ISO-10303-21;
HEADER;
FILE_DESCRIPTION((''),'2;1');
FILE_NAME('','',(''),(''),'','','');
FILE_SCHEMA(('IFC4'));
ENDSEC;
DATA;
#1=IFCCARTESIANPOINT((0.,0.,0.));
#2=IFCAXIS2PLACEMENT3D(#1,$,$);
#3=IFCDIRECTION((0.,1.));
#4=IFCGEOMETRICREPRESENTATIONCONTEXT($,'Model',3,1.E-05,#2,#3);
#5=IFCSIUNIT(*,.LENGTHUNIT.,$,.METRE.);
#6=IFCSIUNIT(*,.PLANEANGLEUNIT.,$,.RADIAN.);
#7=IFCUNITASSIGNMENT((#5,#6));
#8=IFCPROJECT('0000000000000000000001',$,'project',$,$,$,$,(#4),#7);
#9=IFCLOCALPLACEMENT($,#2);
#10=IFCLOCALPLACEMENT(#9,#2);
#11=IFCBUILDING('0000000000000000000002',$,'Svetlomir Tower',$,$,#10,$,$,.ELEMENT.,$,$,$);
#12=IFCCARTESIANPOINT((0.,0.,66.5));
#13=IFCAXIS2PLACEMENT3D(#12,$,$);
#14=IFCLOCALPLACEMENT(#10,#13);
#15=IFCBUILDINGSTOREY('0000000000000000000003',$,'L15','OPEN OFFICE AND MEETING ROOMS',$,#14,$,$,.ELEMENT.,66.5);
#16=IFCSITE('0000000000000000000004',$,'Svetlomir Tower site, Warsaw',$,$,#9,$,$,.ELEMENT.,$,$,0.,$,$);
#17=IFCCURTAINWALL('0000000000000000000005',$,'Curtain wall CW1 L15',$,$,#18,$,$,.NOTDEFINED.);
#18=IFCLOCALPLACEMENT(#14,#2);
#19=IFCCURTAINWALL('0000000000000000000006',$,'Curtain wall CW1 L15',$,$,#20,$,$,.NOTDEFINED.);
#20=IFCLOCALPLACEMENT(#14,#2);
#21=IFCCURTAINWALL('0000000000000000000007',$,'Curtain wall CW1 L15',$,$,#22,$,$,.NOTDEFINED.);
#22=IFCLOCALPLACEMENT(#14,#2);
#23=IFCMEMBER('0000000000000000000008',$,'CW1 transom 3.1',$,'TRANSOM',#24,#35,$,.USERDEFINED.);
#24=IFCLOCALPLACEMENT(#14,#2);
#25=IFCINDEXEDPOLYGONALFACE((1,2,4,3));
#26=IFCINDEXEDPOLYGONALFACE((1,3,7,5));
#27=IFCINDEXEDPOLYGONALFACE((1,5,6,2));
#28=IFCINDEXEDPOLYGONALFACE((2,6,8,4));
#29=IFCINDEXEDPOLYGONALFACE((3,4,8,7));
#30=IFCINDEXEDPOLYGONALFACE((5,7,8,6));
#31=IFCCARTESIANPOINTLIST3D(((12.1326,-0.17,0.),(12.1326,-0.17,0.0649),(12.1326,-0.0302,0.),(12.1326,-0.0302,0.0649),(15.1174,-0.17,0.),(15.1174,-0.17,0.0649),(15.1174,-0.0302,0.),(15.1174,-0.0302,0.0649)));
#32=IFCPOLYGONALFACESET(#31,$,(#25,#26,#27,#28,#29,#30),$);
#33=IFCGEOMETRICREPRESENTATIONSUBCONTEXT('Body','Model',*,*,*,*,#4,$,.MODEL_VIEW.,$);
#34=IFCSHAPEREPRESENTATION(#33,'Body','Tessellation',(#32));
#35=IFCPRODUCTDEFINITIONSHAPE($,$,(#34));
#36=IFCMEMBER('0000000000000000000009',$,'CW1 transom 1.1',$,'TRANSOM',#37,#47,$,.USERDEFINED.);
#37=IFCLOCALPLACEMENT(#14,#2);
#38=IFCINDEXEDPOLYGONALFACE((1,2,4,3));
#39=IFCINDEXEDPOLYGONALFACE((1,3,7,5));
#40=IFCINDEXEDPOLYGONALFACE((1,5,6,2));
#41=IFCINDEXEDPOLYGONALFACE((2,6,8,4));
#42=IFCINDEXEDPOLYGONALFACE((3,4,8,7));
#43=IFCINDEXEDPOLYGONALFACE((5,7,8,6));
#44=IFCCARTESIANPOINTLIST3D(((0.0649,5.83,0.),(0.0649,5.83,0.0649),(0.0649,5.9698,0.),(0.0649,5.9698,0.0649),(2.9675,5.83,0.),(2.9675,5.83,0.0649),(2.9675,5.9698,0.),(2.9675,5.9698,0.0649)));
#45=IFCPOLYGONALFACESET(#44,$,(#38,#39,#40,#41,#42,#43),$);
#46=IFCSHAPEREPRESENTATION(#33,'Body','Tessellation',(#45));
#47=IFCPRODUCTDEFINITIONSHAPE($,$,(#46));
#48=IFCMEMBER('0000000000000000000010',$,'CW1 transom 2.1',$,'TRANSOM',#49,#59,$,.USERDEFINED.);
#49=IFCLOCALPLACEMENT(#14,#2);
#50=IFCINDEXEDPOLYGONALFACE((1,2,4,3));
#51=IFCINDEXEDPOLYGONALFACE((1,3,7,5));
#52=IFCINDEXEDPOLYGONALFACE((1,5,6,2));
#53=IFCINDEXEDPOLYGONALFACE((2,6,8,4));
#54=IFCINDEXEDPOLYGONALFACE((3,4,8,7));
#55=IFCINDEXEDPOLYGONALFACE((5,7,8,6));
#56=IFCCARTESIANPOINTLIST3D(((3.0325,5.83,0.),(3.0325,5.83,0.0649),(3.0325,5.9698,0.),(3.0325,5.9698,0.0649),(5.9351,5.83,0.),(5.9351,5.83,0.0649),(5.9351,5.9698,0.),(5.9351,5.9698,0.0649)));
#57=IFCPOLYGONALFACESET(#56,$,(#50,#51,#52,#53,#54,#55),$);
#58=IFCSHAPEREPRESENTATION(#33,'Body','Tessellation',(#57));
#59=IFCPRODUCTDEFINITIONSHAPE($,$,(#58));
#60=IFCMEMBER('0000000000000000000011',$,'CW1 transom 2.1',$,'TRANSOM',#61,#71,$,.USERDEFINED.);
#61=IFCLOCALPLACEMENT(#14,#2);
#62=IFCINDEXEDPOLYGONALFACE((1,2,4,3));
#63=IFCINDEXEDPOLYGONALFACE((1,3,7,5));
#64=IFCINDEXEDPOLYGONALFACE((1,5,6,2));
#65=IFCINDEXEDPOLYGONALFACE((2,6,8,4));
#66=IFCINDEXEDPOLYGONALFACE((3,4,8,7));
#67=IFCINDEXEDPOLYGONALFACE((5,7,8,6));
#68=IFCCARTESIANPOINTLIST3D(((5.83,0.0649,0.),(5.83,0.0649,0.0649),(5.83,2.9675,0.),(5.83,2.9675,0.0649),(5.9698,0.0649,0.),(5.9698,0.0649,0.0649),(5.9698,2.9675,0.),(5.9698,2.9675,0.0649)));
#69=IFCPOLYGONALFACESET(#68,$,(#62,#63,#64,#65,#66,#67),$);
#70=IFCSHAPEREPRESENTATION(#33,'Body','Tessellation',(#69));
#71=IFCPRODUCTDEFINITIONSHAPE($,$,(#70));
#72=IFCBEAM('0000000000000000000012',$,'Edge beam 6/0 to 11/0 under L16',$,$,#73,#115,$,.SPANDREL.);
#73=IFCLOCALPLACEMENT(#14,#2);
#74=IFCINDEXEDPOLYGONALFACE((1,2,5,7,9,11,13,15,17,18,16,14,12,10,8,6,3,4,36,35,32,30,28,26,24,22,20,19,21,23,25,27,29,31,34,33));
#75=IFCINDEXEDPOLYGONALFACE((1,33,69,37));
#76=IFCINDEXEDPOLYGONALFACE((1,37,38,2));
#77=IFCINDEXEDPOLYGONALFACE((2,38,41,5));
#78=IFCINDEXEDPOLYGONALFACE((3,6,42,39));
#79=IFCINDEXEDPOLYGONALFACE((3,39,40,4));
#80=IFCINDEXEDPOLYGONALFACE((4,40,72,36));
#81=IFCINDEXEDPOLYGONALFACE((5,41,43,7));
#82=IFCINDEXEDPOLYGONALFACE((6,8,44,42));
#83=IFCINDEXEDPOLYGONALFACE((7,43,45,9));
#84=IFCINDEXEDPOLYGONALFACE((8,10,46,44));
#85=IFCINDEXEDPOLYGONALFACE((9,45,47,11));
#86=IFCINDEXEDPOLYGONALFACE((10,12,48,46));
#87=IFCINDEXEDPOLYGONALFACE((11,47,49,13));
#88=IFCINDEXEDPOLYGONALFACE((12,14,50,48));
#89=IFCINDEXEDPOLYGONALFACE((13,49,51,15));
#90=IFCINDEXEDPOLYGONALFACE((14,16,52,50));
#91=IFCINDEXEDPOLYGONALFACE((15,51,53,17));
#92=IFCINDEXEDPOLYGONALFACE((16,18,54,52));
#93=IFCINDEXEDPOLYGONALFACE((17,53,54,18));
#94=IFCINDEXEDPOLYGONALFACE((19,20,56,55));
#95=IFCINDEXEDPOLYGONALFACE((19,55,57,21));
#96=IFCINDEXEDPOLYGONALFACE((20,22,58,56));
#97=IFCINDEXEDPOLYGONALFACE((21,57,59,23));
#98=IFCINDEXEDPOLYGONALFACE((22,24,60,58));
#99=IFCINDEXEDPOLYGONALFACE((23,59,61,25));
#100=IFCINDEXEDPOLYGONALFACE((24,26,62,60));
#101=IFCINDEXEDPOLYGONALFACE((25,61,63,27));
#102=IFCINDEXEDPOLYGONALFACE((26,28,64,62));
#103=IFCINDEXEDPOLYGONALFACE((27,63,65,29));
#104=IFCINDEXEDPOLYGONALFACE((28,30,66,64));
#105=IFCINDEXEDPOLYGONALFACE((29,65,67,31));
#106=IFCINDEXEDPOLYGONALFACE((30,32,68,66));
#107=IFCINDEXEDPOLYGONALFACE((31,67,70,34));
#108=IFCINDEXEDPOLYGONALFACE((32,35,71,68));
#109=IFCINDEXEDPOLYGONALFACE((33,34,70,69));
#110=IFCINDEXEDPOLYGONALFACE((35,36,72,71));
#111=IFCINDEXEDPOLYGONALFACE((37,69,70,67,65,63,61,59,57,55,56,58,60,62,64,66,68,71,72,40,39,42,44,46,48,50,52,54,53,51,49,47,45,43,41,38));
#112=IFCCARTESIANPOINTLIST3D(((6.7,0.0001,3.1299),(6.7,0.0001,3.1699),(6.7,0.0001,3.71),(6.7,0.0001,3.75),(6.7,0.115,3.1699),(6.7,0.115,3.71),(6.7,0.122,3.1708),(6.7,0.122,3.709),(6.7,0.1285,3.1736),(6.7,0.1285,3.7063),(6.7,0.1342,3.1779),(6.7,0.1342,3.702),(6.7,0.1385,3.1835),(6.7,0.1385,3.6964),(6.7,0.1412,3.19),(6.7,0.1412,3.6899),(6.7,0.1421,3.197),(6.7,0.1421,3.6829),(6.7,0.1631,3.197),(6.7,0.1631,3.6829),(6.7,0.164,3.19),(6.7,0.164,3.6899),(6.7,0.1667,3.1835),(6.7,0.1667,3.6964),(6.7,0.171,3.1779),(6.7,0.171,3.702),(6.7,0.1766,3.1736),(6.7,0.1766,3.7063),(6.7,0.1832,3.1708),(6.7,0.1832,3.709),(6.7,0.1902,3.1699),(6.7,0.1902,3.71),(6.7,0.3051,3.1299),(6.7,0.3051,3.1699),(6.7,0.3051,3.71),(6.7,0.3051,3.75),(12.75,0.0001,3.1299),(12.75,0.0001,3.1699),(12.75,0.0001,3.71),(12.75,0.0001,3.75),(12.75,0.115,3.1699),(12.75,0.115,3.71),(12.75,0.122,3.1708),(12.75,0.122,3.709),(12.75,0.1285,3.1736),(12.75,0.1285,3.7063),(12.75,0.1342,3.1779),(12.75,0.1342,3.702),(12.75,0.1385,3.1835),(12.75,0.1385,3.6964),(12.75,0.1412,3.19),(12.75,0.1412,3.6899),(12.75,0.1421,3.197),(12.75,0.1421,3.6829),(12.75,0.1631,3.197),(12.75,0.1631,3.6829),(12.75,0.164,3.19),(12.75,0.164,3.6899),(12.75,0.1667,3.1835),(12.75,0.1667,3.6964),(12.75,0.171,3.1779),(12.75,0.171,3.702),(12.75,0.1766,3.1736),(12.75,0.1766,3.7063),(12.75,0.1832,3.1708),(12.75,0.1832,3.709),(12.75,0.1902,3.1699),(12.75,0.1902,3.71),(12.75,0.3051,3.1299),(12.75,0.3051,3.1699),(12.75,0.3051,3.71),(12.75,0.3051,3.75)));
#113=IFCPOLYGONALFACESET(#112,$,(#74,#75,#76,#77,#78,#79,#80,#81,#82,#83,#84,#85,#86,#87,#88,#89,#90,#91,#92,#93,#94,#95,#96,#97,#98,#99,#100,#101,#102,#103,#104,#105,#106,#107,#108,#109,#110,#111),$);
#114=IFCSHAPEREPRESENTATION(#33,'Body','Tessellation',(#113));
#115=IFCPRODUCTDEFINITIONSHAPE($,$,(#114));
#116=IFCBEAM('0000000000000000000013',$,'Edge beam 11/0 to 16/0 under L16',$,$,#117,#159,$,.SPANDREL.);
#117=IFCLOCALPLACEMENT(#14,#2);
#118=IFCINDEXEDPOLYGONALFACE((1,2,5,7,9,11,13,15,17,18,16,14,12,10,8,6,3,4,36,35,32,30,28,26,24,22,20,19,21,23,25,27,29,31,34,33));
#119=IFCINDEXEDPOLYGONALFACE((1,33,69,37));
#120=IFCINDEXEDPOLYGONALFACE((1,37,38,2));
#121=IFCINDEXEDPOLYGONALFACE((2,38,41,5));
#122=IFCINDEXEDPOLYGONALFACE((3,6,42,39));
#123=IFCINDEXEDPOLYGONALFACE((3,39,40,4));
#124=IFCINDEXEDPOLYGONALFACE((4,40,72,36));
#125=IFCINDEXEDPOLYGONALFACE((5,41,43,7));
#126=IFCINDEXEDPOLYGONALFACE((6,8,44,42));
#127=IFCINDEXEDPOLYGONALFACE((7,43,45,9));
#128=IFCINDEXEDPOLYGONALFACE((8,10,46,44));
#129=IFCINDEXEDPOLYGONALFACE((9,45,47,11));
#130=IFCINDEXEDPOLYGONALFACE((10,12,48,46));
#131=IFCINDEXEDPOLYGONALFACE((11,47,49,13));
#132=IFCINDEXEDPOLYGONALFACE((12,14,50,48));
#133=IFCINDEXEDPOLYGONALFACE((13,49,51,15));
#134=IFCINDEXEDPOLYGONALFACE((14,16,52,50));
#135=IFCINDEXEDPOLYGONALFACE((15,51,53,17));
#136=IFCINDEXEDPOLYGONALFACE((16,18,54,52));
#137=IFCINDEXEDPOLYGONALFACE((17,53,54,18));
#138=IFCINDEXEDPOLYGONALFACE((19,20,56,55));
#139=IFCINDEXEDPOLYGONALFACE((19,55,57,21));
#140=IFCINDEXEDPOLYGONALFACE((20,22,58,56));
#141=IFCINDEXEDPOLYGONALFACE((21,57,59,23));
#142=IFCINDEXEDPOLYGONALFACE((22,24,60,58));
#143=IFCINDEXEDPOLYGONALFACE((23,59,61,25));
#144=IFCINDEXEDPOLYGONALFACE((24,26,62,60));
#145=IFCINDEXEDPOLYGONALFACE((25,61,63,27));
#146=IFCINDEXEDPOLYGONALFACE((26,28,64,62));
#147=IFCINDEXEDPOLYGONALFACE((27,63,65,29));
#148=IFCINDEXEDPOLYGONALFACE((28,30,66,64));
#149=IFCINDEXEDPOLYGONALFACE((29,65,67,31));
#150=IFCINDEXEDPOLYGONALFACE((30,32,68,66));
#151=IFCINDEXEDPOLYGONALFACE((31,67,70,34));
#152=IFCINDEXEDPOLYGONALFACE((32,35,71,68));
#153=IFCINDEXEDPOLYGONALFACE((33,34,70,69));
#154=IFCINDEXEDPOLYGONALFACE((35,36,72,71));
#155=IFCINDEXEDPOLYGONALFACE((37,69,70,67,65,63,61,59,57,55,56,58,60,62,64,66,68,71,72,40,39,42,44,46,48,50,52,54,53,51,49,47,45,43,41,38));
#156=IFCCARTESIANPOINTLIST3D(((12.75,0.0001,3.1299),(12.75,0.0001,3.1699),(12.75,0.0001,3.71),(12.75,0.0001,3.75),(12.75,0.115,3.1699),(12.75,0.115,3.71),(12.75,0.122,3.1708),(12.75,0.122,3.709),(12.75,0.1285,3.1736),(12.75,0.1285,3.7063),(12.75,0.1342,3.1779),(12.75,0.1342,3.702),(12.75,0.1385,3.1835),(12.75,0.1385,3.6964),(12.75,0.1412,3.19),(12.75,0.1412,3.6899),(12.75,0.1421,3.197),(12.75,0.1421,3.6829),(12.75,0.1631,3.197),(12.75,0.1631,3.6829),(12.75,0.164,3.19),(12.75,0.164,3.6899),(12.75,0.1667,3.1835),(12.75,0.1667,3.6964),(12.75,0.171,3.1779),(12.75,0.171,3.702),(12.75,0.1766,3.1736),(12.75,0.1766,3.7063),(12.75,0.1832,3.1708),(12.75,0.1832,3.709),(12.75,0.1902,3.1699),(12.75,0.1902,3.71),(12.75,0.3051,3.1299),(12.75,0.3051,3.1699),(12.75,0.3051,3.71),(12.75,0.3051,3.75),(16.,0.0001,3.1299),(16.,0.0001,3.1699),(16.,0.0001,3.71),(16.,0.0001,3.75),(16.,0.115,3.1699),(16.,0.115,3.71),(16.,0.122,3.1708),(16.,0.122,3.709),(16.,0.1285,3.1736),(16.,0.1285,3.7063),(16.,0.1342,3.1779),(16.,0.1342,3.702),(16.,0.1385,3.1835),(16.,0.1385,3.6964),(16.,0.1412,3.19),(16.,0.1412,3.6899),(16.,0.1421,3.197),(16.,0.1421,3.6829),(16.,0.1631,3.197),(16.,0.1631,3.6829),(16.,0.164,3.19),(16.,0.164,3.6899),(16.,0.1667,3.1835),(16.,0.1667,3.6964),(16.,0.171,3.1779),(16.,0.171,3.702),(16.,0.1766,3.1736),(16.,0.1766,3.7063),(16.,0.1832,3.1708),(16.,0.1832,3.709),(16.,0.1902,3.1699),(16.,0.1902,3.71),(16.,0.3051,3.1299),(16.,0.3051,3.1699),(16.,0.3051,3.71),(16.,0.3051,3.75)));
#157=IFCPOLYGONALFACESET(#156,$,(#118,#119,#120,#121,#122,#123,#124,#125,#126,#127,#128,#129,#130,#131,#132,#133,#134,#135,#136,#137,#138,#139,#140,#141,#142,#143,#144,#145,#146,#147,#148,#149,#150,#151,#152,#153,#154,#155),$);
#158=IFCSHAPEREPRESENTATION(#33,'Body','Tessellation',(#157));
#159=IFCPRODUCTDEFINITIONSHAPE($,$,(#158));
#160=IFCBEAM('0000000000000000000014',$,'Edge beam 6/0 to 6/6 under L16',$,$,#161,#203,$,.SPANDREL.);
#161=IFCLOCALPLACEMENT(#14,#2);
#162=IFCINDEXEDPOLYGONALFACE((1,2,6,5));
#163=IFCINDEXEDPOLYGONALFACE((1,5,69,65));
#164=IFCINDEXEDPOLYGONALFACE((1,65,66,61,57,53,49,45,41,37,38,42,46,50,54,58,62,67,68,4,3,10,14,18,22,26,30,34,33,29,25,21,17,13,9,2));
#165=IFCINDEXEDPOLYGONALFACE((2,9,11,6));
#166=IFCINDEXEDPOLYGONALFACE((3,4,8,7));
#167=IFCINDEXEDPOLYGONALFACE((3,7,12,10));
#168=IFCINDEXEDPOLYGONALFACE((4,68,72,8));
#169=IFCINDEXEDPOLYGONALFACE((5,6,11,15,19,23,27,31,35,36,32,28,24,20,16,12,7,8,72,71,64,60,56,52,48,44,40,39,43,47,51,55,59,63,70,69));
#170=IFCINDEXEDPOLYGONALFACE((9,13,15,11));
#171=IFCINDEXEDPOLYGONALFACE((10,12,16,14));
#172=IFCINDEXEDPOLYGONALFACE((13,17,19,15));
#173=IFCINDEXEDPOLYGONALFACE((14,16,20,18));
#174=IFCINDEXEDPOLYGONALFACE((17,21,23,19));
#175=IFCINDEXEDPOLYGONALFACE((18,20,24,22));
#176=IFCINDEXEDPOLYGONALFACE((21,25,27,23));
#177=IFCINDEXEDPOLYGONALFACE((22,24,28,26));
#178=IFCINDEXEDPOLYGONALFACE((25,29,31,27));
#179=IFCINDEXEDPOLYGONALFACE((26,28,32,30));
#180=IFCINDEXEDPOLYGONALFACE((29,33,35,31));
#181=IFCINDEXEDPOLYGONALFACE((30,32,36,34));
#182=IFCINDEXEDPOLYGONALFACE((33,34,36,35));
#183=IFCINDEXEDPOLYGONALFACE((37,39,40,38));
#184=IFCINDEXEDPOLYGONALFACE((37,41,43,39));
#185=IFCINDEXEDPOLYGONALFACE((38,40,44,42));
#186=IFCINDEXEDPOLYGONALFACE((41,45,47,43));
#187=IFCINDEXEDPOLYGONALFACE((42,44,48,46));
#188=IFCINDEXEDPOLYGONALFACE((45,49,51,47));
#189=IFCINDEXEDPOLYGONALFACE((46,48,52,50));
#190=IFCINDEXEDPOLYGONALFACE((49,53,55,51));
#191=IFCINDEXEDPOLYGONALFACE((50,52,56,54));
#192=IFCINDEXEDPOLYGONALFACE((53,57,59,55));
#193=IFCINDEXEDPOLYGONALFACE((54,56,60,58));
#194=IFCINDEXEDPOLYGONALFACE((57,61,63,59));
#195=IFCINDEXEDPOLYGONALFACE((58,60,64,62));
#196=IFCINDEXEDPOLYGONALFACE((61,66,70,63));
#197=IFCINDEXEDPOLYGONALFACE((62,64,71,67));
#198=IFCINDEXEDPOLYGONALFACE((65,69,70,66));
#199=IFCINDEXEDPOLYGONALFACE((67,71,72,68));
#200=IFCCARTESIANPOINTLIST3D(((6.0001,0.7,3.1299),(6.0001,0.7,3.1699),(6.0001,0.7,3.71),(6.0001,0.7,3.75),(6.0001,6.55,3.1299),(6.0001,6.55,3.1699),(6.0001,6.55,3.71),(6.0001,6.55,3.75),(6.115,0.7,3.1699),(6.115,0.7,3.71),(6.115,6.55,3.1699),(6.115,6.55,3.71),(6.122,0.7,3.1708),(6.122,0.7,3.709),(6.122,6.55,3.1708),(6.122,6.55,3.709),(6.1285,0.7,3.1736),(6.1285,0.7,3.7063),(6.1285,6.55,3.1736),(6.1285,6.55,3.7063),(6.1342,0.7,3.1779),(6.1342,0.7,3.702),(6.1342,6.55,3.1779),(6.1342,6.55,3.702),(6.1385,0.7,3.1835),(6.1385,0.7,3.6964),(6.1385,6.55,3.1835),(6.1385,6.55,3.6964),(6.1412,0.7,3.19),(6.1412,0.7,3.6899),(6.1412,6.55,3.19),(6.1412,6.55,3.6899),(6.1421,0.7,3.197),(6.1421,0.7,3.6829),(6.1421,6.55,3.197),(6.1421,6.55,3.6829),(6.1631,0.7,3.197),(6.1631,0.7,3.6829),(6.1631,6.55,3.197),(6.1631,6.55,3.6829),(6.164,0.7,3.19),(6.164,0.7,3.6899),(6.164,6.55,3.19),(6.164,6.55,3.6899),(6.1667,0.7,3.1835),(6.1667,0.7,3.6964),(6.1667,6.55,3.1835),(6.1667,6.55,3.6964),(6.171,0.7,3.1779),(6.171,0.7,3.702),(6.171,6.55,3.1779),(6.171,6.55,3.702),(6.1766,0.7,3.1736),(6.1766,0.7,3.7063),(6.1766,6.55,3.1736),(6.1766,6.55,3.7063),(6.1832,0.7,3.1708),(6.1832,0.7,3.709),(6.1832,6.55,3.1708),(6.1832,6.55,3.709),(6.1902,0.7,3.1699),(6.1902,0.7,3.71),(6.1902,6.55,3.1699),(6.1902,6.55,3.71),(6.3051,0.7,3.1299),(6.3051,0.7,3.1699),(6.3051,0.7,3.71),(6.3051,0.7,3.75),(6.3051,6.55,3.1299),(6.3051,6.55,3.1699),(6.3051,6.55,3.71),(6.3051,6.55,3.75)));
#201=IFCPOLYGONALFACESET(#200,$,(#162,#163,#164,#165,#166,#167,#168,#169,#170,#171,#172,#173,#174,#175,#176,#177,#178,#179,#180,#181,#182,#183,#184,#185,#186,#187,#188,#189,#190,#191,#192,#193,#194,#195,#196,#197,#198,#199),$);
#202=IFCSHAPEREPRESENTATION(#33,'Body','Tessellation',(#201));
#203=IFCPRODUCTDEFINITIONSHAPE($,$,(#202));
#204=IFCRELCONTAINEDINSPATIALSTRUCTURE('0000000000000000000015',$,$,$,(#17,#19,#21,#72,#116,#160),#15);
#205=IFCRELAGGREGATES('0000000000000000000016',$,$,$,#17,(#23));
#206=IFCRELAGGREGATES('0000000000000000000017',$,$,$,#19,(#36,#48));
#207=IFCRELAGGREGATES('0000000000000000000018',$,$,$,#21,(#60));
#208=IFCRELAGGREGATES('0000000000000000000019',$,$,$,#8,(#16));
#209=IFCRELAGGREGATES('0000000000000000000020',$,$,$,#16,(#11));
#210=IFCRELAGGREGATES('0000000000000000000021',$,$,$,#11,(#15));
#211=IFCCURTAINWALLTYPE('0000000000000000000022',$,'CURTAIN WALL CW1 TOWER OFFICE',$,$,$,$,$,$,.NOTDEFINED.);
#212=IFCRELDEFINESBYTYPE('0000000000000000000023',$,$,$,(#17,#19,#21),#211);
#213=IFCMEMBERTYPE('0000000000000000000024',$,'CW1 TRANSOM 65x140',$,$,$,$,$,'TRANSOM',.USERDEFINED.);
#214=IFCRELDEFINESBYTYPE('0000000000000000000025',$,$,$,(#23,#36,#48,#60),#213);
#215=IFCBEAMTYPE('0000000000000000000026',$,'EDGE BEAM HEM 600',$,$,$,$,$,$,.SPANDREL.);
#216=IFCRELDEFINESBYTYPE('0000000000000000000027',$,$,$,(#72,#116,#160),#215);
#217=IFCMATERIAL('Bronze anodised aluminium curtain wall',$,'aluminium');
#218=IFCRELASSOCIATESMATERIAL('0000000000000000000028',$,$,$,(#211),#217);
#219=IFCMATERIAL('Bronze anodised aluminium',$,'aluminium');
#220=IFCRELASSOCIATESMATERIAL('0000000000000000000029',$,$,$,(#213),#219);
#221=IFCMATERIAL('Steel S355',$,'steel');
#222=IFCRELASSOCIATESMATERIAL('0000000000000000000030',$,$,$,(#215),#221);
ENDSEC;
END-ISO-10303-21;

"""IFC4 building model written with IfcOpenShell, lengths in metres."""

from ifc_helpers import new_model, si_unit, direction, frame, origin, origin_2d, place, context, subcontext, project, spatial, rectangle, i_section, extrude, material, material_profile, profile_set, type_object, element, aggregate, save


model = new_model("IFC4")

# Units and contexts
model_context = context("Model", 3, precision=1e-05, world=origin(), true_north=direction((0.0, 1.0)))
body_context = subcontext(model_context, "Body", "Model", "MODEL_VIEW")
ifc_project = project(units=[si_unit("LENGTHUNIT", "METRE"), si_unit("PLANEANGLEUNIT", "RADIAN")], contexts=[model_context])

# Site, building, storey
site_placement = place(None, origin())
site = spatial("IfcSite", under=ifc_project, at=site_placement, Name="Svetlomir Tower site, Warsaw", CompositionType="ELEMENT", RefElevation=0.0)
building_placement = place(site_placement, origin())
building = spatial("IfcBuilding", under=site, at=building_placement, Name="Svetlomir Tower", CompositionType="ELEMENT")
storey_placement = place(building_placement, frame((0.0, 0.0, 66.5)))
storey = spatial("IfcBuildingStorey", under=building, at=storey_placement, Name="L15", Description="OPEN OFFICE AND MEETING ROOMS", CompositionType="ELEMENT", Elevation=66.5)

# Curtain walls
ifc_material_1 = material(Name="Bronze anodised aluminium curtain wall", Category="aluminium")
curtain_wall_type = type_object("IfcCurtainWallType", Name="CURTAIN WALL CW1 TOWER OFFICE", PredefinedType="NOTDEFINED", material=ifc_material_1)
curtain_wall_1_placement = place(storey_placement, origin())
curtain_wall_1 = element("IfcCurtainWall", 1, at=curtain_wall_1_placement, inside=storey, type_object=curtain_wall_type, Name="Curtain wall CW1 L15", PredefinedType="NOTDEFINED")
curtain_wall_2_placement = place(storey_placement, origin())
curtain_wall_2 = element("IfcCurtainWall", 2, at=curtain_wall_2_placement, inside=storey, type_object=curtain_wall_type, Name="Curtain wall CW1 L15", PredefinedType="NOTDEFINED")
curtain_wall_3_placement = place(storey_placement, origin())
curtain_wall_3 = element("IfcCurtainWall", 3, at=curtain_wall_3_placement, inside=storey, type_object=curtain_wall_type, Name="Curtain wall CW1 L15", PredefinedType="NOTDEFINED")

# Members
ifc_material_2 = material(Name="Bronze anodised aluminium", Category="aluminium")
ifc_material_profile_1 = material_profile(ifc_material_2, rectangle(XDim=0.1399, YDim=0.0649, at=origin_2d()), Name="AL 140x65")
ifc_profile_set_1 = profile_set([ifc_material_profile_1], Name="Bronze anodised aluminium 6063-T6")
member_type_1 = type_object("IfcMemberType", Name="CW1 TRANSOM 65x140", ElementType="TRANSOM", PredefinedType="USERDEFINED", material=ifc_profile_set_1)
member_1_placement = place(storey_placement, frame((12.1326, -0.1001, 0.0325), z_axis=(1.0, 0.0, 0.0), x_axis=(0.0, 1.0, 0.0)))
member_1 = element("IfcMember", 4, at=member_1_placement, type_object=member_type_1, Name="CW1 transom 3.1", ObjectType="TRANSOM", PredefinedType="USERDEFINED", context=body_context, shape_type="SweptSolid", body=[
    extrude(rectangle(XDim=0.1399, YDim=0.0649, at=origin_2d()), origin(), (0.0, 0.0, 1.0), 2.9849),
])
member_2_placement = place(storey_placement, frame((0.0649, 5.8999, 0.0325), z_axis=(1.0, 0.0, 0.0), x_axis=(0.0, 1.0, 0.0)))
member_2 = element("IfcMember", 5, at=member_2_placement, type_object=member_type_1, Name="CW1 transom 1.1", ObjectType="TRANSOM", PredefinedType="USERDEFINED", context=body_context, shape_type="SweptSolid", body=[
    extrude(rectangle(XDim=0.1399, YDim=0.0649, at=origin_2d()), origin(), (0.0, 0.0, 1.0), 2.9026),
])
member_3_placement = place(storey_placement, frame((3.0325, 5.8999, 0.0325), z_axis=(1.0, 0.0, 0.0), x_axis=(0.0, 1.0, 0.0)))
member_3 = element("IfcMember", 6, at=member_3_placement, type_object=member_type_1, Name="CW1 transom 2.1", ObjectType="TRANSOM", PredefinedType="USERDEFINED", context=body_context, shape_type="SweptSolid", body=[
    extrude(rectangle(XDim=0.1399, YDim=0.0649, at=origin_2d()), origin(), (0.0, 0.0, 1.0), 2.9026),
])
member_4_placement = place(storey_placement, frame((5.8999, 2.9675, 0.0325), z_axis=(0.0, -1.0, 0.0), x_axis=(1.0, 0.0, 0.0)))
member_4 = element("IfcMember", 7, at=member_4_placement, type_object=member_type_1, Name="CW1 transom 2.1", ObjectType="TRANSOM", PredefinedType="USERDEFINED", context=body_context, shape_type="SweptSolid", body=[
    extrude(rectangle(XDim=0.1399, YDim=0.0649, at=origin_2d()), origin(), (0.0, 0.0, 1.0), 2.9026),
])

# Beams
ifc_material_3 = material(Name="Steel S355", Category="steel")
ifc_material_profile_2 = material_profile(ifc_material_3, i_section(OverallWidth=0.3049, OverallDepth=0.6201, WebThickness=0.021, FlangeThickness=0.04, FilletRadius=0.0271, at=origin_2d()), Name="HEM 600")
ifc_profile_set_2 = profile_set([ifc_material_profile_2], Name="Steel S355")
beam_type = type_object("IfcBeamType", Name="EDGE BEAM HEM 600", PredefinedType="SPANDREL", material=ifc_profile_set_2)
beam_1_placement = place(storey_placement, frame((6.7, 0.1526, 3.4399), z_axis=(1.0, 0.0, 0.0), x_axis=(0.0, 1.0, 0.0)))
element("IfcBeam", 8, at=beam_1_placement, inside=storey, type_object=beam_type, Name="Edge beam 6/0 to 11/0 under L16", PredefinedType="SPANDREL", context=body_context, shape_type="SweptSolid", body=[
    extrude(i_section(OverallWidth=0.3049, OverallDepth=0.6201, WebThickness=0.021, FlangeThickness=0.04, FilletRadius=0.0271, at=origin_2d()), origin(), (0.0, 0.0, 1.0), 6.05),
])
beam_2_placement = place(storey_placement, frame((12.75, 0.1526, 3.4399), z_axis=(1.0, 0.0, 0.0), x_axis=(0.0, 1.0, 0.0)))
element("IfcBeam", 9, at=beam_2_placement, inside=storey, type_object=beam_type, Name="Edge beam 11/0 to 16/0 under L16", PredefinedType="SPANDREL", context=body_context, shape_type="SweptSolid", body=[
    extrude(i_section(OverallWidth=0.3049, OverallDepth=0.6201, WebThickness=0.021, FlangeThickness=0.04, FilletRadius=0.0271, at=origin_2d()), origin(), (0.0, 0.0, 1.0), 3.25),
])
beam_3_placement = place(storey_placement, frame((6.1526, 0.7, 3.4399), z_axis=(0.0, 1.0, 0.0), x_axis=(-1.0, 0.0, 0.0)))
element("IfcBeam", 10, at=beam_3_placement, inside=storey, type_object=beam_type, Name="Edge beam 6/0 to 6/6 under L16", PredefinedType="SPANDREL", context=body_context, shape_type="SweptSolid", body=[
    extrude(i_section(OverallWidth=0.3049, OverallDepth=0.6201, WebThickness=0.021, FlangeThickness=0.04, FilletRadius=0.0271, at=origin_2d()), origin(), (0.0, 0.0, 1.0), 5.8501),
])

aggregate(curtain_wall_1, [member_1])
aggregate(curtain_wall_2, [member_2, member_3])
aggregate(curtain_wall_3, [member_4])

save(model, "model.ifc")
